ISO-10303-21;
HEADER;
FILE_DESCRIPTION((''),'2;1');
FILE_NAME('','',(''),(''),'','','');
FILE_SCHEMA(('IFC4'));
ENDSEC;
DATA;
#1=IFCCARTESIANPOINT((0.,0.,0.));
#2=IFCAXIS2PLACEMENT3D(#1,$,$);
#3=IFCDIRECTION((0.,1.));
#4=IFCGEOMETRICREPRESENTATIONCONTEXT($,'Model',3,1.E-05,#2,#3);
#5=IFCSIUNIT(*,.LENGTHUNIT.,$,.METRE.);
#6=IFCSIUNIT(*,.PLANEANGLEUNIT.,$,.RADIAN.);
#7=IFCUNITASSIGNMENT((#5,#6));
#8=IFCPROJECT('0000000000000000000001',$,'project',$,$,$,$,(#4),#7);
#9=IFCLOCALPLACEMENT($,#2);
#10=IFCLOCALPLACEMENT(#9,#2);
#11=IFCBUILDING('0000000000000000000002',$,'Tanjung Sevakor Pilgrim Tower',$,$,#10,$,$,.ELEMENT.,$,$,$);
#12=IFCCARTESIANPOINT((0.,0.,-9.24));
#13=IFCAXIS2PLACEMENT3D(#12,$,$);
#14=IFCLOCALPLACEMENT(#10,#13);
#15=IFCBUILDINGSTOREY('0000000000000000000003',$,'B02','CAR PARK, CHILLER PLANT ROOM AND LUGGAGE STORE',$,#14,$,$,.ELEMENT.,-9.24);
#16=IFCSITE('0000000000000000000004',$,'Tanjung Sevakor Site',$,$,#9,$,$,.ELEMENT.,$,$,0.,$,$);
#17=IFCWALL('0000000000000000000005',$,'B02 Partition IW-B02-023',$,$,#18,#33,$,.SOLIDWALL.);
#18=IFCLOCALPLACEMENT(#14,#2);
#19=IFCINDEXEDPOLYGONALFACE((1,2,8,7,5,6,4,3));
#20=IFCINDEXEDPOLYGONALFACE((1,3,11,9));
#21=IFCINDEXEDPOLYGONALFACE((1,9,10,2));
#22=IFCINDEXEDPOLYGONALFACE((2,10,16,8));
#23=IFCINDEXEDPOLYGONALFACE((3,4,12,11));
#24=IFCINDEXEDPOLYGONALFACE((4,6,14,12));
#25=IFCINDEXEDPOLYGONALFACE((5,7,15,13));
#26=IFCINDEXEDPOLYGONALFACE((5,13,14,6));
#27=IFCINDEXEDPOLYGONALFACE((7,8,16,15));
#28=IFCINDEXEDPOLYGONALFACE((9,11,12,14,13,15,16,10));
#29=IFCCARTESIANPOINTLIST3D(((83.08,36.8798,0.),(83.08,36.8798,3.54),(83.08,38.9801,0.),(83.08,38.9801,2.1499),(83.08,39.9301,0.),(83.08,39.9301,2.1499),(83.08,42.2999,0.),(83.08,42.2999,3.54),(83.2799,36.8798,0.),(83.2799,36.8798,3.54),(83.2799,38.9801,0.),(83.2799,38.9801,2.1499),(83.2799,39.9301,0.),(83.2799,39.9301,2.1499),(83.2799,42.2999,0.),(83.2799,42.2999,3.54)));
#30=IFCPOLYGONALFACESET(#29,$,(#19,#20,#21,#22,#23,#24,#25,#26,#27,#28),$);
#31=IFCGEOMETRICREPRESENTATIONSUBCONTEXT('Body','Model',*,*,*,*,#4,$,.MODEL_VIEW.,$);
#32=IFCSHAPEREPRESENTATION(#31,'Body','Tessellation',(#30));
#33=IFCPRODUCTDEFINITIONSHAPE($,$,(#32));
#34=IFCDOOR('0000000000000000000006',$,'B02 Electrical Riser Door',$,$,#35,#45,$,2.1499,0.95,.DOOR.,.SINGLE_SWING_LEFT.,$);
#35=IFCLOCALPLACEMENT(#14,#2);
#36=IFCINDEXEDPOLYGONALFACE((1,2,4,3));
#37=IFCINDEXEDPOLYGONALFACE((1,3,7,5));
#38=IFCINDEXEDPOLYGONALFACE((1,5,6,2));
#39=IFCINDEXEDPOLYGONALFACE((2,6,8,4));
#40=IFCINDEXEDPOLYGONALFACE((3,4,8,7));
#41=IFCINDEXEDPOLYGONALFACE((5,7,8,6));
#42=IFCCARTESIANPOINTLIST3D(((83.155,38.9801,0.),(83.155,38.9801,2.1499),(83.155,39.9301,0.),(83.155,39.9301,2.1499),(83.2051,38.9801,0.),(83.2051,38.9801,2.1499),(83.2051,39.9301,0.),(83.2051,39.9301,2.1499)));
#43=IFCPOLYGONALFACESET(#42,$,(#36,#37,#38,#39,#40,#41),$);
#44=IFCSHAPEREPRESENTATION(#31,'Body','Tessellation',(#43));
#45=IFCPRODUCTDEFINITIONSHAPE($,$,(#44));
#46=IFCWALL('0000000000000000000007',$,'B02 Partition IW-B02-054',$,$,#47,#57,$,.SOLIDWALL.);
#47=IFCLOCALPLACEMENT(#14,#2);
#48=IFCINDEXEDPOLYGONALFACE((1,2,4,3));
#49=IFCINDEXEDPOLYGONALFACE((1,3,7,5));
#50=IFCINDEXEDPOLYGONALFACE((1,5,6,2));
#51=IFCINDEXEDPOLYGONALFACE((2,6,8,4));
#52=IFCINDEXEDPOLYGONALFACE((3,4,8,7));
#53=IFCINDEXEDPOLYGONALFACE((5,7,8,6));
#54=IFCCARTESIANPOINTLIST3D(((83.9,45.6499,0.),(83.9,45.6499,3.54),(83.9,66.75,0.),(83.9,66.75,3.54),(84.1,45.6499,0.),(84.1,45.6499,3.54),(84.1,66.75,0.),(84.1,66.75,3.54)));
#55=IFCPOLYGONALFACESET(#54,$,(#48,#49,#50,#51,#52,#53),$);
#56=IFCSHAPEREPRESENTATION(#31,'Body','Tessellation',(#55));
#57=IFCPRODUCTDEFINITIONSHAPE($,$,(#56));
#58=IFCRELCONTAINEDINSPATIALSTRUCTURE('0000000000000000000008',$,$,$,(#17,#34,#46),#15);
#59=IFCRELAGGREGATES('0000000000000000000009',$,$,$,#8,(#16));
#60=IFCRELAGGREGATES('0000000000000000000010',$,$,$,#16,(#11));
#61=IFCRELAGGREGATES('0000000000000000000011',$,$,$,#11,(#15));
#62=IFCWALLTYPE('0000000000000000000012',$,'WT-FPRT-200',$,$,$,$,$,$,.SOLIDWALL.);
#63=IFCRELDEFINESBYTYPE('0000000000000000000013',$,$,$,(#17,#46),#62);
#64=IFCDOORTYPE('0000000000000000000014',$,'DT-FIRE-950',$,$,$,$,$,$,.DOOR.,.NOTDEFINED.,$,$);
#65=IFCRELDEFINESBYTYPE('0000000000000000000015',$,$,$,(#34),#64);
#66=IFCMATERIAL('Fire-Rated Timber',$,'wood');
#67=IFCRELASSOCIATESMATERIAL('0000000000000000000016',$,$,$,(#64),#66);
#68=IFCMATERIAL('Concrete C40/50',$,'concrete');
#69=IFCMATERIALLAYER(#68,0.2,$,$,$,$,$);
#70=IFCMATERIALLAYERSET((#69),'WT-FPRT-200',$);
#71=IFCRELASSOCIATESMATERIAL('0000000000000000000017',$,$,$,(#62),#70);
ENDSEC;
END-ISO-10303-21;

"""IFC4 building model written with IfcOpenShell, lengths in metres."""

from ifc_helpers import new_model, si_unit, direction, frame, frame_2d, origin, place, context, subcontext, project, spatial, rectangle, extrude, material, layer, layer_set, type_object, element, fill, save


model = new_model("IFC4")

# Units and contexts
model_context = context("Model", 3, precision=1e-05, world=origin(), true_north=direction((0.0, 1.0)))
body_context = subcontext(model_context, "Body", "Model", "MODEL_VIEW")
ifc_project = project(units=[si_unit("LENGTHUNIT", "METRE"), si_unit("PLANEANGLEUNIT", "RADIAN")], contexts=[model_context])

# Site, building, storey
site_placement = place(None, origin())
site = spatial("IfcSite", under=ifc_project, at=site_placement, Name="Tanjung Sevakor Site", CompositionType="ELEMENT", RefElevation=0.0)
building_placement = place(site_placement, origin())
building = spatial("IfcBuilding", under=site, at=building_placement, Name="Tanjung Sevakor Pilgrim Tower", CompositionType="ELEMENT")
storey_placement = place(building_placement, frame((0.0, 0.0, -9.24)))
storey = spatial("IfcBuildingStorey", under=building, at=storey_placement, Name="B02", Description="CAR PARK, CHILLER PLANT ROOM AND LUGGAGE STORE", CompositionType="ELEMENT", Elevation=-9.24)

# Shared definitions
ifc_material_1 = material(Name="Fire-Rated Timber", Category="wood")
door_type = type_object("IfcDoorType", Name="DT-FIRE-950", OperationType="NOTDEFINED", PredefinedType="DOOR", material=ifc_material_1)

# Shared definitions
ifc_material_2 = material(Name="Concrete C40/50", Category="concrete")
ifc_layer_1 = layer(ifc_material_2, 0.2)
ifc_layer_set_1 = layer_set([ifc_layer_1], Name="WT-FPRT-200")
wall_type_1 = type_object("IfcWallType", Name="WT-FPRT-200", PredefinedType="SOLIDWALL", material=ifc_layer_set_1)

# Wall, opening, door
wall_1_placement = place(storey_placement, frame((83.1799, 36.8799, 0.0), z_axis=(0.0, 0.0, 1.0), x_axis=(0.0, 1.0, 0.0)))
wall_1 = element("IfcWall", 1, at=wall_1_placement, inside=storey, type_object=wall_type_1, Name="B02 Partition IW-B02-023", PredefinedType="SOLIDWALL", context=body_context, shape_type="SweptSolid", body=[
    extrude(rectangle(XDim=5.4202, YDim=0.2, at=frame_2d((2.71, 0.0))), origin(), (0.0, 0.0, 1.0), 3.54),
])
opening_1_placement = place(wall_1_placement, frame((2.1001, 0.0, 0.0)))
opening_1 = element("IfcOpeningElement", 2, at=opening_1_placement, cuts=wall_1, PredefinedType="OPENING", context=body_context, shape_type="SweptSolid", body=[
    extrude(rectangle(XDim=0.95, YDim=2.1499, at=frame_2d((0.4751, 1.075))), frame((0.0, 0.1099, 0.0), z_axis=(0.0, -1.0, 0.0), x_axis=(1.0, 0.0, 0.0)), (0.0, 0.0, 1.0), 0.22),
])
door_1_placement = place(opening_1_placement, origin())
door_1 = element("IfcDoor", 3, at=door_1_placement, inside=storey, type_object=door_type, Name="B02 Electrical Riser Door", OperationType="SINGLE_SWING_LEFT", OverallHeight=2.1499, OverallWidth=0.95, PredefinedType="DOOR", context=body_context, shape_type="SweptSolid", body=[
    extrude(rectangle(XDim=0.95, YDim=2.1499, at=frame_2d((0.4751, 1.075))), frame((0.0, 0.0249, 0.0), z_axis=(0.0, -1.0, 0.0), x_axis=(1.0, 0.0, 0.0)), (0.0, 0.0, 1.0), 0.05),
])
fill(opening_1, door_1)

# Wall
wall_2_placement = place(storey_placement, frame((84.0, 45.6499, 0.0), z_axis=(0.0, 0.0, 1.0), x_axis=(0.0, 1.0, 0.0)))
element("IfcWall", 4, at=wall_2_placement, inside=storey, type_object=wall_type_1, Name="B02 Partition IW-B02-054", PredefinedType="SOLIDWALL", context=body_context, shape_type="SweptSolid", body=[
    extrude(rectangle(XDim=21.1001, YDim=0.2, at=frame_2d((10.55, 0.0))), origin(), (0.0, 0.0, 1.0), 3.54),
])

save(model, "model.ifc")
